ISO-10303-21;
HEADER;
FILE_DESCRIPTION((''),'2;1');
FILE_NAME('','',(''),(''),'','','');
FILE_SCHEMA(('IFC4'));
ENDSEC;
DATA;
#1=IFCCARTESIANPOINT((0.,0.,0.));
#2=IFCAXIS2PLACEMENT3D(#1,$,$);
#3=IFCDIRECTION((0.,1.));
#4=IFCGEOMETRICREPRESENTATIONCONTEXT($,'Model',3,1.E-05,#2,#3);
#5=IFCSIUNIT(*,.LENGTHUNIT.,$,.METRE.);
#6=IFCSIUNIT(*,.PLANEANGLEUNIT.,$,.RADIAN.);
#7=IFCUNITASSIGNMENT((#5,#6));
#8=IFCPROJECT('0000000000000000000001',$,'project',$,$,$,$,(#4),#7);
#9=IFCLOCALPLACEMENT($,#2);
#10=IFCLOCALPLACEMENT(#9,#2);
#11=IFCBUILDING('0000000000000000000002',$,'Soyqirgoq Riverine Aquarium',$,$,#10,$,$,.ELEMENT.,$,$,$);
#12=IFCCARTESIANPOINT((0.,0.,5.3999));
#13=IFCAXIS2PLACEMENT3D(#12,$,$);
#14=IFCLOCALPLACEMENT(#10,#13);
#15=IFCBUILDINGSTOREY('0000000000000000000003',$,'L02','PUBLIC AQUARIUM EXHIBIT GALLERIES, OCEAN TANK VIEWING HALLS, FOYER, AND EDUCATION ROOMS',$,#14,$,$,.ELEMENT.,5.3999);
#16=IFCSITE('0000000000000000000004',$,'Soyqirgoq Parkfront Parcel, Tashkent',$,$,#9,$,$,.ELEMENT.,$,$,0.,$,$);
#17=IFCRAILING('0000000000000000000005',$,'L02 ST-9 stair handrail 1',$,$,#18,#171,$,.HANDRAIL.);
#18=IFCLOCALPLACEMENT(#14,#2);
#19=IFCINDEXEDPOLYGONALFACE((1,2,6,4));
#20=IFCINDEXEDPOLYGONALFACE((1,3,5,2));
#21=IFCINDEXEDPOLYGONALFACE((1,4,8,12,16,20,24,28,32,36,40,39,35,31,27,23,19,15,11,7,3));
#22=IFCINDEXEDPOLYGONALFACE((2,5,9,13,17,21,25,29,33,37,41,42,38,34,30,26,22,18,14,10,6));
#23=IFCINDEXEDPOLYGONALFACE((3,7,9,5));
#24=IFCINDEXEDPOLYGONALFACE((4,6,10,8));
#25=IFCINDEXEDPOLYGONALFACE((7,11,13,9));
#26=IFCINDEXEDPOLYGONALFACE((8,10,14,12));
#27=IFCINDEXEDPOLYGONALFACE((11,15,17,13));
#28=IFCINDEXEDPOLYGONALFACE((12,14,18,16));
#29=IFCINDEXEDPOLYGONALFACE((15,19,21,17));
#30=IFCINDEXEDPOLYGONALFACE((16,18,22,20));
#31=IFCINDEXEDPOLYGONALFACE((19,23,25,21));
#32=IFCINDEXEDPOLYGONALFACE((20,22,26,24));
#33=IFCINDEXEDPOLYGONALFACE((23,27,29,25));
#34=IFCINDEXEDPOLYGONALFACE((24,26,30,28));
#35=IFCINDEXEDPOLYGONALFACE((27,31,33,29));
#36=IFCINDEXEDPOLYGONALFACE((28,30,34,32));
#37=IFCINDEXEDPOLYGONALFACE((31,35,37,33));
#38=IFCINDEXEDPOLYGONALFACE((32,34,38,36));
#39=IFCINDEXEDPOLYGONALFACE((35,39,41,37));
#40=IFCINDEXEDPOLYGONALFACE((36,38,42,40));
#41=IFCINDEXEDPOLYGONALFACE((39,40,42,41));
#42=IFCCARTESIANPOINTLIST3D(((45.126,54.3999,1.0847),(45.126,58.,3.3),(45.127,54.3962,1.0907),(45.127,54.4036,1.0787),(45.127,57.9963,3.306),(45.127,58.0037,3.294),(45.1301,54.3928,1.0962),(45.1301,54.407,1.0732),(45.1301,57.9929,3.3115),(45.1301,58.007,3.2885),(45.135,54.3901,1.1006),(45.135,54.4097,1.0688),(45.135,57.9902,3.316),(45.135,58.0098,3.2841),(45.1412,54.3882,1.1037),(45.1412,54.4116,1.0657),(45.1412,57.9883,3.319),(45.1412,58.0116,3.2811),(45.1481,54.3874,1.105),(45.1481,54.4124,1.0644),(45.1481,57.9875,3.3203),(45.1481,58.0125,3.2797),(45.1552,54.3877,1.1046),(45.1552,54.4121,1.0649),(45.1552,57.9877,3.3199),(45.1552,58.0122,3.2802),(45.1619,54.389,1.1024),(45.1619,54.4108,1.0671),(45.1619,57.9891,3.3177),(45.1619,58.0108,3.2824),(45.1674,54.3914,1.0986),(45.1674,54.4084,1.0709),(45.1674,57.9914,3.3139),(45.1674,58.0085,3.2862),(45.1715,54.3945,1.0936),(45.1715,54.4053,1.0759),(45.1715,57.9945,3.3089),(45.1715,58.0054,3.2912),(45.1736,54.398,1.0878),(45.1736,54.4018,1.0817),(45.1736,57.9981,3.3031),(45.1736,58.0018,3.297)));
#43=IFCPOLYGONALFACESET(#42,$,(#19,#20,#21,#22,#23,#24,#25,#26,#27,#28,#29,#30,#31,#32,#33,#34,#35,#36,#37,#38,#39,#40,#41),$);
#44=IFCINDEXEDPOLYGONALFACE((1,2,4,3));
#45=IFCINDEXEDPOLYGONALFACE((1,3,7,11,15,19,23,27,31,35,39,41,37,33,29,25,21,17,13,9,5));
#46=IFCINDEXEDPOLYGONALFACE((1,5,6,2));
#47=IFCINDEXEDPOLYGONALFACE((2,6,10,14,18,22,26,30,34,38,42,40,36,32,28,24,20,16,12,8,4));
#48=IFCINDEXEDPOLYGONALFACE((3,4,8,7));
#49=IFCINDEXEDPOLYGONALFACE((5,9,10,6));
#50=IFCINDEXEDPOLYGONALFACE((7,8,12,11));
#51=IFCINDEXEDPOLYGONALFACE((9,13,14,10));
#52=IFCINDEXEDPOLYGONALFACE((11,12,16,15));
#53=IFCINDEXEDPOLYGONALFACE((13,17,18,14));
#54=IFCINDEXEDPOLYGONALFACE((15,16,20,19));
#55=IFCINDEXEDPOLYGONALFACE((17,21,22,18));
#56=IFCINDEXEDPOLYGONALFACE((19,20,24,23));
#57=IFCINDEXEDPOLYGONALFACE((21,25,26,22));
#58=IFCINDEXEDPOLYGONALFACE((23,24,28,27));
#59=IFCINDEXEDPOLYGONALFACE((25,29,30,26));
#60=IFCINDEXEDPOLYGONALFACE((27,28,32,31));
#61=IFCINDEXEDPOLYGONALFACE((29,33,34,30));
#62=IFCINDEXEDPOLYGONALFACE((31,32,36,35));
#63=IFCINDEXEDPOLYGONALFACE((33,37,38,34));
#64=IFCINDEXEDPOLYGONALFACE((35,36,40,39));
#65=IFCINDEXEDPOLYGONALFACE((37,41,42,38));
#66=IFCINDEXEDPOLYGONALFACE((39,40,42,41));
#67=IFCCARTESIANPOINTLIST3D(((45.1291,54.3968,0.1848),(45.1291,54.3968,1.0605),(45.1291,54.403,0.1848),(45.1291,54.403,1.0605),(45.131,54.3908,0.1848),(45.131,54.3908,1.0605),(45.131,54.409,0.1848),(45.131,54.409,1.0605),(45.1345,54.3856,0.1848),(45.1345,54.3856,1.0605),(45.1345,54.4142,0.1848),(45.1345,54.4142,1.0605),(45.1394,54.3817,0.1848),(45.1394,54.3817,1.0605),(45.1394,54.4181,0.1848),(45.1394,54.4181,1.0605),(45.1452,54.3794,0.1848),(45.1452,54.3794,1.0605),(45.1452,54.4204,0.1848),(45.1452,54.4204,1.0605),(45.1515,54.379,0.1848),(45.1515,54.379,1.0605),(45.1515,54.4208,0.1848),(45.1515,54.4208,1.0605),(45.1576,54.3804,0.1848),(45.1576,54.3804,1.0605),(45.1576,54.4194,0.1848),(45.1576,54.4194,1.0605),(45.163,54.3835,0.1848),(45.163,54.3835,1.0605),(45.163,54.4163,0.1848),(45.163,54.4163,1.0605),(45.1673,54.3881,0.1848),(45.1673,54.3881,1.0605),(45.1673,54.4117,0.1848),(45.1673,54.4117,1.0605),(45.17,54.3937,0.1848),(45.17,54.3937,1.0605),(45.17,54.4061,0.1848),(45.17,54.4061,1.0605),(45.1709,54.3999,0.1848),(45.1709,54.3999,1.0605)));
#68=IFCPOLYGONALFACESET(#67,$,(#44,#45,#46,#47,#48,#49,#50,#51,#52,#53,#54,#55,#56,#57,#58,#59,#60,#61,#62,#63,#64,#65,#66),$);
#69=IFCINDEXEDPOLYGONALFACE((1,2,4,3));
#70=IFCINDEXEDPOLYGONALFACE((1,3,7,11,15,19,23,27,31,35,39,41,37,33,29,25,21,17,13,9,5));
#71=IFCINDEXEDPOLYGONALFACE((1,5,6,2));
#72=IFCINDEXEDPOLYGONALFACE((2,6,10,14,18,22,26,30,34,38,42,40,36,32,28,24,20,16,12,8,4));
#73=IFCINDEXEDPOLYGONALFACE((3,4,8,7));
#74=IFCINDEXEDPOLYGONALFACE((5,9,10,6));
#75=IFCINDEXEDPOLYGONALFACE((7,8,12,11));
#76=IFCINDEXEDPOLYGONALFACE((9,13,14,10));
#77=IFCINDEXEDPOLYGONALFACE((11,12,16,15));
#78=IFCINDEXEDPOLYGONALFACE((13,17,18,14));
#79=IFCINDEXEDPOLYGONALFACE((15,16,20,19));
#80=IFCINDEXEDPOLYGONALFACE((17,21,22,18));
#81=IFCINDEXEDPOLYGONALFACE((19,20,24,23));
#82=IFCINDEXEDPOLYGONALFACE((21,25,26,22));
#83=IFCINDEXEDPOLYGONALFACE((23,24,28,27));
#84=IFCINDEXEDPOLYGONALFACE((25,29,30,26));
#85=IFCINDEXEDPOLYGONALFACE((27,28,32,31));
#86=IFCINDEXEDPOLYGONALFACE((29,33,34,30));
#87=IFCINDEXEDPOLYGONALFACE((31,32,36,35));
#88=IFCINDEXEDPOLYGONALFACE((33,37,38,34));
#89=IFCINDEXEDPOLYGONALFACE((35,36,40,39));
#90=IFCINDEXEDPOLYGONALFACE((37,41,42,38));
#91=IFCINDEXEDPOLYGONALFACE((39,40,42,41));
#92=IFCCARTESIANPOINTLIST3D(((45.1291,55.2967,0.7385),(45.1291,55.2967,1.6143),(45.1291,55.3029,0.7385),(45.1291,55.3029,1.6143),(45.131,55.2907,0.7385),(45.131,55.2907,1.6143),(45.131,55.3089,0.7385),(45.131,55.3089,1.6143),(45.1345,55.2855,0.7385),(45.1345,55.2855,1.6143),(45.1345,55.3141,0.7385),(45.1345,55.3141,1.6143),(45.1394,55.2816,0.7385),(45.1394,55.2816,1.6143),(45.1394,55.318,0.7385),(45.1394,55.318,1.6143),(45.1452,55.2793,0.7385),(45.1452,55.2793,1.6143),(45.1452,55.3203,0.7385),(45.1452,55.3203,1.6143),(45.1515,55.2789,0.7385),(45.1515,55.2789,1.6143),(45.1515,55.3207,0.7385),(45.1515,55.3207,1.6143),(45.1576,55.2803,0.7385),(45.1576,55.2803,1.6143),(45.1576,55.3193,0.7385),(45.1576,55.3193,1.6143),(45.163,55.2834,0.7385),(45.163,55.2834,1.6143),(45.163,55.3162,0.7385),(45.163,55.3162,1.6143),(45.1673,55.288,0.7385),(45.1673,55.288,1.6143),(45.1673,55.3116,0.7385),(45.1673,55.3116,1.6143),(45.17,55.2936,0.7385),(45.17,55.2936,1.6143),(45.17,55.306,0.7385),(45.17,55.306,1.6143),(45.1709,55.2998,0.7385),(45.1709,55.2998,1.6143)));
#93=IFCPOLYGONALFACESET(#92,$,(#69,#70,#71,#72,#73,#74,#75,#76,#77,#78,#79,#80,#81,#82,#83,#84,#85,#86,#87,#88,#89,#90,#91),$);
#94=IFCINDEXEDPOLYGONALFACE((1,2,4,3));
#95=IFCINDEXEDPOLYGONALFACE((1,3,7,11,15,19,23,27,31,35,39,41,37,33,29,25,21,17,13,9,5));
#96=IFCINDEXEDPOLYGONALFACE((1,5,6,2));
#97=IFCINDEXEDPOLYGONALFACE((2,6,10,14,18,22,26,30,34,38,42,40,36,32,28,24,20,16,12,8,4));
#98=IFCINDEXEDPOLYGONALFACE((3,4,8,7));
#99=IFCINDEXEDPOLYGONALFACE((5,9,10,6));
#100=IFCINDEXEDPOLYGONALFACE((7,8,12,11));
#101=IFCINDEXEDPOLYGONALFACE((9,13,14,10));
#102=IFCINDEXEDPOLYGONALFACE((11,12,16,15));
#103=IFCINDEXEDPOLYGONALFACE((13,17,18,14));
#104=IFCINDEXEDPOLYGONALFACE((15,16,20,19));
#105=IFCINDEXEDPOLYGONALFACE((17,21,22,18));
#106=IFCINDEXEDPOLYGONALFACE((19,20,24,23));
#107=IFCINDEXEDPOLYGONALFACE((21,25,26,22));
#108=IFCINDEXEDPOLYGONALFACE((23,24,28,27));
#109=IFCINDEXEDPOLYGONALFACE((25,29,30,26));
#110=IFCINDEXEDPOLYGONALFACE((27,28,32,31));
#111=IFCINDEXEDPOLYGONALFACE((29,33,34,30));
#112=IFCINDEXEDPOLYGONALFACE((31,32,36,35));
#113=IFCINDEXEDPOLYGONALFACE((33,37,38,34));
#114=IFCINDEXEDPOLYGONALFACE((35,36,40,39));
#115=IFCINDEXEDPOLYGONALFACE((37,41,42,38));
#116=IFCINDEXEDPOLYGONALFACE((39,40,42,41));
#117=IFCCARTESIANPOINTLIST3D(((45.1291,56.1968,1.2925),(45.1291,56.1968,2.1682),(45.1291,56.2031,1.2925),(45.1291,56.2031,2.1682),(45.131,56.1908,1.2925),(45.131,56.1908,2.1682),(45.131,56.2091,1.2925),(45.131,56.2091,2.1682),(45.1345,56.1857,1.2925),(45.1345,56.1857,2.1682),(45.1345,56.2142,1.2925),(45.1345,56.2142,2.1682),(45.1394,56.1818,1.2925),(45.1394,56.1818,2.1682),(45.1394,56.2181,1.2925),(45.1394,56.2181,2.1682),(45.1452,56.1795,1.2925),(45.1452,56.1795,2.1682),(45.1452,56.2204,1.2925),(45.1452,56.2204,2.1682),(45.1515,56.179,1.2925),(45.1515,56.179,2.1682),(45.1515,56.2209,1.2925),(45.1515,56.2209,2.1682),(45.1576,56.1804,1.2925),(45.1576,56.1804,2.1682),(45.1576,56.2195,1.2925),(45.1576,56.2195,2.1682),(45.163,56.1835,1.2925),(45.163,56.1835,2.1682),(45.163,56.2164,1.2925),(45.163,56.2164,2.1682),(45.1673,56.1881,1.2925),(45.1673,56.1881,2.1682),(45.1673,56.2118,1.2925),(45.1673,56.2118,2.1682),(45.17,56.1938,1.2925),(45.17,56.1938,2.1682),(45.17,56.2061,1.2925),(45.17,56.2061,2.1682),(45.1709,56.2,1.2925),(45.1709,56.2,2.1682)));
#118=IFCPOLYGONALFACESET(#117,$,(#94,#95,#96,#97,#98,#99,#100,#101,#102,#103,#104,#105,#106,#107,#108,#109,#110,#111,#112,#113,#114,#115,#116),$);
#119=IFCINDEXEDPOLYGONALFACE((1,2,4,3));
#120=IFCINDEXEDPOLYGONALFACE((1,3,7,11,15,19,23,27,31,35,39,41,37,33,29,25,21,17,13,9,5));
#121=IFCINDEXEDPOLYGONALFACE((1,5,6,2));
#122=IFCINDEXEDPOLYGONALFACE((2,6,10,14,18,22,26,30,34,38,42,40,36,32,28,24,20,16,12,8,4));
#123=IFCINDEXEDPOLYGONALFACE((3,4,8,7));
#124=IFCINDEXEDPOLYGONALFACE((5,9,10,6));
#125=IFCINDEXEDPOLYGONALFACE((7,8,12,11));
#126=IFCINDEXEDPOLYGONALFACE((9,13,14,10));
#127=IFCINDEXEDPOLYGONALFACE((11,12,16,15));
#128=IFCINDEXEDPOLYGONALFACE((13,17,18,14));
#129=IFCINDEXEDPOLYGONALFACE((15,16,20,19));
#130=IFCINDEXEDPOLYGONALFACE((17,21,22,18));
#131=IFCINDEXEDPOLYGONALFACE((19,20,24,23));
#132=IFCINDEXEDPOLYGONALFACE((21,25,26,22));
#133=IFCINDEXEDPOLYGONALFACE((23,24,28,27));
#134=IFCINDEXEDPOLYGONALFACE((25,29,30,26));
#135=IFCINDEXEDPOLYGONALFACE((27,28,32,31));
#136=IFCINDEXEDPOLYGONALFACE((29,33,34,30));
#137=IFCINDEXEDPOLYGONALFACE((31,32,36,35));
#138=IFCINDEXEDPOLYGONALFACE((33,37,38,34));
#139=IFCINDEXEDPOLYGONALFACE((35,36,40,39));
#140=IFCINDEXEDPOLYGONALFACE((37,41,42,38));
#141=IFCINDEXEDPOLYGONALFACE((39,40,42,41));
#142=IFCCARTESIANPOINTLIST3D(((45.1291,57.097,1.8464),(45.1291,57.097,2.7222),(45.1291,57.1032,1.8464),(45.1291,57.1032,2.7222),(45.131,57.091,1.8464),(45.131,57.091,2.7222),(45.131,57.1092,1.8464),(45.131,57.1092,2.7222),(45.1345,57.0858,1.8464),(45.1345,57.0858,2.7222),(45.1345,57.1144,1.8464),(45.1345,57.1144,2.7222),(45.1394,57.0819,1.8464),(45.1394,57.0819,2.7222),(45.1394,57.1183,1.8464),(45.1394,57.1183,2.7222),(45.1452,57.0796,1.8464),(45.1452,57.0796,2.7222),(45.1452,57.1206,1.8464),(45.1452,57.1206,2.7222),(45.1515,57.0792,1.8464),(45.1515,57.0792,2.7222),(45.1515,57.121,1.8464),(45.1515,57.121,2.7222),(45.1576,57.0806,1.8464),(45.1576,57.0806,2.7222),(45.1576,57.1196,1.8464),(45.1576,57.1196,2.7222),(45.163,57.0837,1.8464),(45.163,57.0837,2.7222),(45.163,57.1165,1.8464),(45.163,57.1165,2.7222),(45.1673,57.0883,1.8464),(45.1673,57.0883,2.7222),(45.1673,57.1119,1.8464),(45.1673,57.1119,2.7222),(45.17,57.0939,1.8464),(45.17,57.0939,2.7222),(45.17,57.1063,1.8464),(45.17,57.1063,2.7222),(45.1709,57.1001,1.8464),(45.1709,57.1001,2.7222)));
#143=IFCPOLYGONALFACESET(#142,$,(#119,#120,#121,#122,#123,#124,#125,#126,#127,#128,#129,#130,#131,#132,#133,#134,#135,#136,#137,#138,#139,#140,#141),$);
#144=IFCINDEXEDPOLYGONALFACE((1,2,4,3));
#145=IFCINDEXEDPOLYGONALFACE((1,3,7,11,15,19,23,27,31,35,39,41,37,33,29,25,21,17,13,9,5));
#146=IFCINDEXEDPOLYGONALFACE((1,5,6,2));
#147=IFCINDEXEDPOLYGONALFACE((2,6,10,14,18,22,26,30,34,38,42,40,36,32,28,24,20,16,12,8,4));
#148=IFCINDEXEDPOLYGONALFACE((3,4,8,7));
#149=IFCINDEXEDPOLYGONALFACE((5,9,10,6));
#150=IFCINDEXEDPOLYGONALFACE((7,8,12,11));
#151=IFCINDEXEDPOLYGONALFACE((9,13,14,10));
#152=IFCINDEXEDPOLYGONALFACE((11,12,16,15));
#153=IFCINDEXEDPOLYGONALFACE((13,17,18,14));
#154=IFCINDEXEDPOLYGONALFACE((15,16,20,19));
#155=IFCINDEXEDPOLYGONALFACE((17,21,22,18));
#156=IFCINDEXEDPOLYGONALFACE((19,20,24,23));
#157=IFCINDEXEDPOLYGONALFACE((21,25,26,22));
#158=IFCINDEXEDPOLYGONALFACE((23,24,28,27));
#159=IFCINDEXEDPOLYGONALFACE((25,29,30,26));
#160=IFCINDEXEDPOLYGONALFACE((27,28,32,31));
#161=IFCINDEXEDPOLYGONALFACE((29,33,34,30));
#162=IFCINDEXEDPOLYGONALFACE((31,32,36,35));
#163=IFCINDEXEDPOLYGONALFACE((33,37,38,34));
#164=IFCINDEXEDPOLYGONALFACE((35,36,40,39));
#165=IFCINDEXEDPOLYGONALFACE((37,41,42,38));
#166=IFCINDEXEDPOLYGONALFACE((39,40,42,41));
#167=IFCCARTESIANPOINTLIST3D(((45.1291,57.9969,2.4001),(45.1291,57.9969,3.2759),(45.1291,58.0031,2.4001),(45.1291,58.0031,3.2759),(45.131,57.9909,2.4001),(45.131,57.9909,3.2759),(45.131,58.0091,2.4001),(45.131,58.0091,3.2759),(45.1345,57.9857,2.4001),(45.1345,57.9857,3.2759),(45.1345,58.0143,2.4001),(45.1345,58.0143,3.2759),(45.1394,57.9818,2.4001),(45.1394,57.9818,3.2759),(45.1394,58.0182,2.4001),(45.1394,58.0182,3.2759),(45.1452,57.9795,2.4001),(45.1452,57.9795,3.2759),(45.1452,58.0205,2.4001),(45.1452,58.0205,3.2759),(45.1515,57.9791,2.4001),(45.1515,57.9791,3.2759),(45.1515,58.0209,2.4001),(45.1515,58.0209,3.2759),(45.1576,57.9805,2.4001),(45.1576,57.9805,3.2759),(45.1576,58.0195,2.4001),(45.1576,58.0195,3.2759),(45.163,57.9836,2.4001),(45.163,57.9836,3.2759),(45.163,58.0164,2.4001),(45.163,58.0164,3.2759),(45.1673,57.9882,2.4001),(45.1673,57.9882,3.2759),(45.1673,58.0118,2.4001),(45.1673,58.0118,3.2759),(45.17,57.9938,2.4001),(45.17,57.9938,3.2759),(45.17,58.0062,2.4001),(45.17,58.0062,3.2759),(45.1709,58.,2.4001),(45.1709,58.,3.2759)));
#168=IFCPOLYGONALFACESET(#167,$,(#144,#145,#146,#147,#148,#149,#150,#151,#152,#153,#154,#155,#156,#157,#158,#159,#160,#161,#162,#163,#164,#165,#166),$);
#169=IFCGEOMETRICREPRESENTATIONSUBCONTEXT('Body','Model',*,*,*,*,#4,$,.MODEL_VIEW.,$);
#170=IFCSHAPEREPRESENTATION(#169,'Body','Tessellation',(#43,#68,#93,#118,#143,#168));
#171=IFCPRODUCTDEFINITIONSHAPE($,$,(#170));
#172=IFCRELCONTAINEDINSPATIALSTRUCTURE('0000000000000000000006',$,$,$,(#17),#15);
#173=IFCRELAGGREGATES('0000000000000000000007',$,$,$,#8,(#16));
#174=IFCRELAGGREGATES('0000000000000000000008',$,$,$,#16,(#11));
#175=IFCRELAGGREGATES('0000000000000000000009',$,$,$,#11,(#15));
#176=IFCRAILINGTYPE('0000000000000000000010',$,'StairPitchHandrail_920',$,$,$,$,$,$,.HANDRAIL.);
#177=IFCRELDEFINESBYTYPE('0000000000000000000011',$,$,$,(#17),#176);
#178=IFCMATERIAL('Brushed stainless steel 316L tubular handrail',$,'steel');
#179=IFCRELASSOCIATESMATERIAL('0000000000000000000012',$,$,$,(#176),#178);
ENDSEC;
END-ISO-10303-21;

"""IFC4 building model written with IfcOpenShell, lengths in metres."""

from ifc_helpers import new_model, si_unit, direction, frame, origin, origin_2d, place, context, subcontext, project, spatial, circle, extrude, material, type_object, element, save


model = new_model("IFC4")

# Units and contexts
model_context = context("Model", 3, precision=1e-05, world=origin(), true_north=direction((0.0, 1.0)))
body_context = subcontext(model_context, "Body", "Model", "MODEL_VIEW")
ifc_project = project(units=[si_unit("LENGTHUNIT", "METRE"), si_unit("PLANEANGLEUNIT", "RADIAN")], contexts=[model_context])

# Site, building, storey
site_placement = place(None, origin())
site = spatial("IfcSite", under=ifc_project, at=site_placement, Name="Soyqirgoq Parkfront Parcel, Tashkent", CompositionType="ELEMENT", RefElevation=0.0)
building_placement = place(site_placement, origin())
building = spatial("IfcBuilding", under=site, at=building_placement, Name="Soyqirgoq Riverine Aquarium", CompositionType="ELEMENT")
storey_placement = place(building_placement, frame((0.0, 0.0, 5.3999)))
storey = spatial("IfcBuildingStorey", under=building, at=storey_placement, Name="L02", Description="PUBLIC AQUARIUM EXHIBIT GALLERIES, OCEAN TANK VIEWING HALLS, FOYER, AND EDUCATION ROOMS", CompositionType="ELEMENT", Elevation=5.3999)

# Railing
ifc_material_1 = material(Name="Brushed stainless steel 316L tubular handrail", Category="steel")
railing_type_1 = type_object("IfcRailingType", Name="StairPitchHandrail_920", PredefinedType="HANDRAIL", material=ifc_material_1)
railing_1_placement = place(storey_placement, frame((45.1499, 54.3999, 0.1848)))
element("IfcRailing", 1, at=railing_1_placement, inside=storey, type_object=railing_type_1, Name="L02 ST-9 stair handrail 1", PredefinedType="HANDRAIL", context=body_context, shape_type="SweptSolid", body=[
    extrude(circle(Radius=0.0239, at=origin_2d()), frame((0.0, 0.0, 0.8999), z_axis=(0.0, 0.85167, 0.524078), x_axis=(-1.0, 0.0, 0.0)), (0.0, 0.0, 1.0), 4.2271),
    extrude(circle(Radius=0.021, at=origin_2d()), origin(), (0.0, 0.0, 1.0), 0.8757),
    extrude(circle(Radius=0.021, at=origin_2d()), frame((0.0, 0.8999, 0.5537)), (0.0, 0.0, 1.0), 0.8757),
    extrude(circle(Radius=0.021, at=origin_2d()), frame((0.0, 1.8, 1.1077)), (0.0, 0.0, 1.0), 0.8757),
    extrude(circle(Radius=0.021, at=origin_2d()), frame((0.0, 2.7002, 1.6616)), (0.0, 0.0, 1.0), 0.8757),
    extrude(circle(Radius=0.021, at=origin_2d()), frame((0.0, 3.6001, 2.2153)), (0.0, 0.0, 1.0), 0.8757),
])

save(model, "model.ifc")
